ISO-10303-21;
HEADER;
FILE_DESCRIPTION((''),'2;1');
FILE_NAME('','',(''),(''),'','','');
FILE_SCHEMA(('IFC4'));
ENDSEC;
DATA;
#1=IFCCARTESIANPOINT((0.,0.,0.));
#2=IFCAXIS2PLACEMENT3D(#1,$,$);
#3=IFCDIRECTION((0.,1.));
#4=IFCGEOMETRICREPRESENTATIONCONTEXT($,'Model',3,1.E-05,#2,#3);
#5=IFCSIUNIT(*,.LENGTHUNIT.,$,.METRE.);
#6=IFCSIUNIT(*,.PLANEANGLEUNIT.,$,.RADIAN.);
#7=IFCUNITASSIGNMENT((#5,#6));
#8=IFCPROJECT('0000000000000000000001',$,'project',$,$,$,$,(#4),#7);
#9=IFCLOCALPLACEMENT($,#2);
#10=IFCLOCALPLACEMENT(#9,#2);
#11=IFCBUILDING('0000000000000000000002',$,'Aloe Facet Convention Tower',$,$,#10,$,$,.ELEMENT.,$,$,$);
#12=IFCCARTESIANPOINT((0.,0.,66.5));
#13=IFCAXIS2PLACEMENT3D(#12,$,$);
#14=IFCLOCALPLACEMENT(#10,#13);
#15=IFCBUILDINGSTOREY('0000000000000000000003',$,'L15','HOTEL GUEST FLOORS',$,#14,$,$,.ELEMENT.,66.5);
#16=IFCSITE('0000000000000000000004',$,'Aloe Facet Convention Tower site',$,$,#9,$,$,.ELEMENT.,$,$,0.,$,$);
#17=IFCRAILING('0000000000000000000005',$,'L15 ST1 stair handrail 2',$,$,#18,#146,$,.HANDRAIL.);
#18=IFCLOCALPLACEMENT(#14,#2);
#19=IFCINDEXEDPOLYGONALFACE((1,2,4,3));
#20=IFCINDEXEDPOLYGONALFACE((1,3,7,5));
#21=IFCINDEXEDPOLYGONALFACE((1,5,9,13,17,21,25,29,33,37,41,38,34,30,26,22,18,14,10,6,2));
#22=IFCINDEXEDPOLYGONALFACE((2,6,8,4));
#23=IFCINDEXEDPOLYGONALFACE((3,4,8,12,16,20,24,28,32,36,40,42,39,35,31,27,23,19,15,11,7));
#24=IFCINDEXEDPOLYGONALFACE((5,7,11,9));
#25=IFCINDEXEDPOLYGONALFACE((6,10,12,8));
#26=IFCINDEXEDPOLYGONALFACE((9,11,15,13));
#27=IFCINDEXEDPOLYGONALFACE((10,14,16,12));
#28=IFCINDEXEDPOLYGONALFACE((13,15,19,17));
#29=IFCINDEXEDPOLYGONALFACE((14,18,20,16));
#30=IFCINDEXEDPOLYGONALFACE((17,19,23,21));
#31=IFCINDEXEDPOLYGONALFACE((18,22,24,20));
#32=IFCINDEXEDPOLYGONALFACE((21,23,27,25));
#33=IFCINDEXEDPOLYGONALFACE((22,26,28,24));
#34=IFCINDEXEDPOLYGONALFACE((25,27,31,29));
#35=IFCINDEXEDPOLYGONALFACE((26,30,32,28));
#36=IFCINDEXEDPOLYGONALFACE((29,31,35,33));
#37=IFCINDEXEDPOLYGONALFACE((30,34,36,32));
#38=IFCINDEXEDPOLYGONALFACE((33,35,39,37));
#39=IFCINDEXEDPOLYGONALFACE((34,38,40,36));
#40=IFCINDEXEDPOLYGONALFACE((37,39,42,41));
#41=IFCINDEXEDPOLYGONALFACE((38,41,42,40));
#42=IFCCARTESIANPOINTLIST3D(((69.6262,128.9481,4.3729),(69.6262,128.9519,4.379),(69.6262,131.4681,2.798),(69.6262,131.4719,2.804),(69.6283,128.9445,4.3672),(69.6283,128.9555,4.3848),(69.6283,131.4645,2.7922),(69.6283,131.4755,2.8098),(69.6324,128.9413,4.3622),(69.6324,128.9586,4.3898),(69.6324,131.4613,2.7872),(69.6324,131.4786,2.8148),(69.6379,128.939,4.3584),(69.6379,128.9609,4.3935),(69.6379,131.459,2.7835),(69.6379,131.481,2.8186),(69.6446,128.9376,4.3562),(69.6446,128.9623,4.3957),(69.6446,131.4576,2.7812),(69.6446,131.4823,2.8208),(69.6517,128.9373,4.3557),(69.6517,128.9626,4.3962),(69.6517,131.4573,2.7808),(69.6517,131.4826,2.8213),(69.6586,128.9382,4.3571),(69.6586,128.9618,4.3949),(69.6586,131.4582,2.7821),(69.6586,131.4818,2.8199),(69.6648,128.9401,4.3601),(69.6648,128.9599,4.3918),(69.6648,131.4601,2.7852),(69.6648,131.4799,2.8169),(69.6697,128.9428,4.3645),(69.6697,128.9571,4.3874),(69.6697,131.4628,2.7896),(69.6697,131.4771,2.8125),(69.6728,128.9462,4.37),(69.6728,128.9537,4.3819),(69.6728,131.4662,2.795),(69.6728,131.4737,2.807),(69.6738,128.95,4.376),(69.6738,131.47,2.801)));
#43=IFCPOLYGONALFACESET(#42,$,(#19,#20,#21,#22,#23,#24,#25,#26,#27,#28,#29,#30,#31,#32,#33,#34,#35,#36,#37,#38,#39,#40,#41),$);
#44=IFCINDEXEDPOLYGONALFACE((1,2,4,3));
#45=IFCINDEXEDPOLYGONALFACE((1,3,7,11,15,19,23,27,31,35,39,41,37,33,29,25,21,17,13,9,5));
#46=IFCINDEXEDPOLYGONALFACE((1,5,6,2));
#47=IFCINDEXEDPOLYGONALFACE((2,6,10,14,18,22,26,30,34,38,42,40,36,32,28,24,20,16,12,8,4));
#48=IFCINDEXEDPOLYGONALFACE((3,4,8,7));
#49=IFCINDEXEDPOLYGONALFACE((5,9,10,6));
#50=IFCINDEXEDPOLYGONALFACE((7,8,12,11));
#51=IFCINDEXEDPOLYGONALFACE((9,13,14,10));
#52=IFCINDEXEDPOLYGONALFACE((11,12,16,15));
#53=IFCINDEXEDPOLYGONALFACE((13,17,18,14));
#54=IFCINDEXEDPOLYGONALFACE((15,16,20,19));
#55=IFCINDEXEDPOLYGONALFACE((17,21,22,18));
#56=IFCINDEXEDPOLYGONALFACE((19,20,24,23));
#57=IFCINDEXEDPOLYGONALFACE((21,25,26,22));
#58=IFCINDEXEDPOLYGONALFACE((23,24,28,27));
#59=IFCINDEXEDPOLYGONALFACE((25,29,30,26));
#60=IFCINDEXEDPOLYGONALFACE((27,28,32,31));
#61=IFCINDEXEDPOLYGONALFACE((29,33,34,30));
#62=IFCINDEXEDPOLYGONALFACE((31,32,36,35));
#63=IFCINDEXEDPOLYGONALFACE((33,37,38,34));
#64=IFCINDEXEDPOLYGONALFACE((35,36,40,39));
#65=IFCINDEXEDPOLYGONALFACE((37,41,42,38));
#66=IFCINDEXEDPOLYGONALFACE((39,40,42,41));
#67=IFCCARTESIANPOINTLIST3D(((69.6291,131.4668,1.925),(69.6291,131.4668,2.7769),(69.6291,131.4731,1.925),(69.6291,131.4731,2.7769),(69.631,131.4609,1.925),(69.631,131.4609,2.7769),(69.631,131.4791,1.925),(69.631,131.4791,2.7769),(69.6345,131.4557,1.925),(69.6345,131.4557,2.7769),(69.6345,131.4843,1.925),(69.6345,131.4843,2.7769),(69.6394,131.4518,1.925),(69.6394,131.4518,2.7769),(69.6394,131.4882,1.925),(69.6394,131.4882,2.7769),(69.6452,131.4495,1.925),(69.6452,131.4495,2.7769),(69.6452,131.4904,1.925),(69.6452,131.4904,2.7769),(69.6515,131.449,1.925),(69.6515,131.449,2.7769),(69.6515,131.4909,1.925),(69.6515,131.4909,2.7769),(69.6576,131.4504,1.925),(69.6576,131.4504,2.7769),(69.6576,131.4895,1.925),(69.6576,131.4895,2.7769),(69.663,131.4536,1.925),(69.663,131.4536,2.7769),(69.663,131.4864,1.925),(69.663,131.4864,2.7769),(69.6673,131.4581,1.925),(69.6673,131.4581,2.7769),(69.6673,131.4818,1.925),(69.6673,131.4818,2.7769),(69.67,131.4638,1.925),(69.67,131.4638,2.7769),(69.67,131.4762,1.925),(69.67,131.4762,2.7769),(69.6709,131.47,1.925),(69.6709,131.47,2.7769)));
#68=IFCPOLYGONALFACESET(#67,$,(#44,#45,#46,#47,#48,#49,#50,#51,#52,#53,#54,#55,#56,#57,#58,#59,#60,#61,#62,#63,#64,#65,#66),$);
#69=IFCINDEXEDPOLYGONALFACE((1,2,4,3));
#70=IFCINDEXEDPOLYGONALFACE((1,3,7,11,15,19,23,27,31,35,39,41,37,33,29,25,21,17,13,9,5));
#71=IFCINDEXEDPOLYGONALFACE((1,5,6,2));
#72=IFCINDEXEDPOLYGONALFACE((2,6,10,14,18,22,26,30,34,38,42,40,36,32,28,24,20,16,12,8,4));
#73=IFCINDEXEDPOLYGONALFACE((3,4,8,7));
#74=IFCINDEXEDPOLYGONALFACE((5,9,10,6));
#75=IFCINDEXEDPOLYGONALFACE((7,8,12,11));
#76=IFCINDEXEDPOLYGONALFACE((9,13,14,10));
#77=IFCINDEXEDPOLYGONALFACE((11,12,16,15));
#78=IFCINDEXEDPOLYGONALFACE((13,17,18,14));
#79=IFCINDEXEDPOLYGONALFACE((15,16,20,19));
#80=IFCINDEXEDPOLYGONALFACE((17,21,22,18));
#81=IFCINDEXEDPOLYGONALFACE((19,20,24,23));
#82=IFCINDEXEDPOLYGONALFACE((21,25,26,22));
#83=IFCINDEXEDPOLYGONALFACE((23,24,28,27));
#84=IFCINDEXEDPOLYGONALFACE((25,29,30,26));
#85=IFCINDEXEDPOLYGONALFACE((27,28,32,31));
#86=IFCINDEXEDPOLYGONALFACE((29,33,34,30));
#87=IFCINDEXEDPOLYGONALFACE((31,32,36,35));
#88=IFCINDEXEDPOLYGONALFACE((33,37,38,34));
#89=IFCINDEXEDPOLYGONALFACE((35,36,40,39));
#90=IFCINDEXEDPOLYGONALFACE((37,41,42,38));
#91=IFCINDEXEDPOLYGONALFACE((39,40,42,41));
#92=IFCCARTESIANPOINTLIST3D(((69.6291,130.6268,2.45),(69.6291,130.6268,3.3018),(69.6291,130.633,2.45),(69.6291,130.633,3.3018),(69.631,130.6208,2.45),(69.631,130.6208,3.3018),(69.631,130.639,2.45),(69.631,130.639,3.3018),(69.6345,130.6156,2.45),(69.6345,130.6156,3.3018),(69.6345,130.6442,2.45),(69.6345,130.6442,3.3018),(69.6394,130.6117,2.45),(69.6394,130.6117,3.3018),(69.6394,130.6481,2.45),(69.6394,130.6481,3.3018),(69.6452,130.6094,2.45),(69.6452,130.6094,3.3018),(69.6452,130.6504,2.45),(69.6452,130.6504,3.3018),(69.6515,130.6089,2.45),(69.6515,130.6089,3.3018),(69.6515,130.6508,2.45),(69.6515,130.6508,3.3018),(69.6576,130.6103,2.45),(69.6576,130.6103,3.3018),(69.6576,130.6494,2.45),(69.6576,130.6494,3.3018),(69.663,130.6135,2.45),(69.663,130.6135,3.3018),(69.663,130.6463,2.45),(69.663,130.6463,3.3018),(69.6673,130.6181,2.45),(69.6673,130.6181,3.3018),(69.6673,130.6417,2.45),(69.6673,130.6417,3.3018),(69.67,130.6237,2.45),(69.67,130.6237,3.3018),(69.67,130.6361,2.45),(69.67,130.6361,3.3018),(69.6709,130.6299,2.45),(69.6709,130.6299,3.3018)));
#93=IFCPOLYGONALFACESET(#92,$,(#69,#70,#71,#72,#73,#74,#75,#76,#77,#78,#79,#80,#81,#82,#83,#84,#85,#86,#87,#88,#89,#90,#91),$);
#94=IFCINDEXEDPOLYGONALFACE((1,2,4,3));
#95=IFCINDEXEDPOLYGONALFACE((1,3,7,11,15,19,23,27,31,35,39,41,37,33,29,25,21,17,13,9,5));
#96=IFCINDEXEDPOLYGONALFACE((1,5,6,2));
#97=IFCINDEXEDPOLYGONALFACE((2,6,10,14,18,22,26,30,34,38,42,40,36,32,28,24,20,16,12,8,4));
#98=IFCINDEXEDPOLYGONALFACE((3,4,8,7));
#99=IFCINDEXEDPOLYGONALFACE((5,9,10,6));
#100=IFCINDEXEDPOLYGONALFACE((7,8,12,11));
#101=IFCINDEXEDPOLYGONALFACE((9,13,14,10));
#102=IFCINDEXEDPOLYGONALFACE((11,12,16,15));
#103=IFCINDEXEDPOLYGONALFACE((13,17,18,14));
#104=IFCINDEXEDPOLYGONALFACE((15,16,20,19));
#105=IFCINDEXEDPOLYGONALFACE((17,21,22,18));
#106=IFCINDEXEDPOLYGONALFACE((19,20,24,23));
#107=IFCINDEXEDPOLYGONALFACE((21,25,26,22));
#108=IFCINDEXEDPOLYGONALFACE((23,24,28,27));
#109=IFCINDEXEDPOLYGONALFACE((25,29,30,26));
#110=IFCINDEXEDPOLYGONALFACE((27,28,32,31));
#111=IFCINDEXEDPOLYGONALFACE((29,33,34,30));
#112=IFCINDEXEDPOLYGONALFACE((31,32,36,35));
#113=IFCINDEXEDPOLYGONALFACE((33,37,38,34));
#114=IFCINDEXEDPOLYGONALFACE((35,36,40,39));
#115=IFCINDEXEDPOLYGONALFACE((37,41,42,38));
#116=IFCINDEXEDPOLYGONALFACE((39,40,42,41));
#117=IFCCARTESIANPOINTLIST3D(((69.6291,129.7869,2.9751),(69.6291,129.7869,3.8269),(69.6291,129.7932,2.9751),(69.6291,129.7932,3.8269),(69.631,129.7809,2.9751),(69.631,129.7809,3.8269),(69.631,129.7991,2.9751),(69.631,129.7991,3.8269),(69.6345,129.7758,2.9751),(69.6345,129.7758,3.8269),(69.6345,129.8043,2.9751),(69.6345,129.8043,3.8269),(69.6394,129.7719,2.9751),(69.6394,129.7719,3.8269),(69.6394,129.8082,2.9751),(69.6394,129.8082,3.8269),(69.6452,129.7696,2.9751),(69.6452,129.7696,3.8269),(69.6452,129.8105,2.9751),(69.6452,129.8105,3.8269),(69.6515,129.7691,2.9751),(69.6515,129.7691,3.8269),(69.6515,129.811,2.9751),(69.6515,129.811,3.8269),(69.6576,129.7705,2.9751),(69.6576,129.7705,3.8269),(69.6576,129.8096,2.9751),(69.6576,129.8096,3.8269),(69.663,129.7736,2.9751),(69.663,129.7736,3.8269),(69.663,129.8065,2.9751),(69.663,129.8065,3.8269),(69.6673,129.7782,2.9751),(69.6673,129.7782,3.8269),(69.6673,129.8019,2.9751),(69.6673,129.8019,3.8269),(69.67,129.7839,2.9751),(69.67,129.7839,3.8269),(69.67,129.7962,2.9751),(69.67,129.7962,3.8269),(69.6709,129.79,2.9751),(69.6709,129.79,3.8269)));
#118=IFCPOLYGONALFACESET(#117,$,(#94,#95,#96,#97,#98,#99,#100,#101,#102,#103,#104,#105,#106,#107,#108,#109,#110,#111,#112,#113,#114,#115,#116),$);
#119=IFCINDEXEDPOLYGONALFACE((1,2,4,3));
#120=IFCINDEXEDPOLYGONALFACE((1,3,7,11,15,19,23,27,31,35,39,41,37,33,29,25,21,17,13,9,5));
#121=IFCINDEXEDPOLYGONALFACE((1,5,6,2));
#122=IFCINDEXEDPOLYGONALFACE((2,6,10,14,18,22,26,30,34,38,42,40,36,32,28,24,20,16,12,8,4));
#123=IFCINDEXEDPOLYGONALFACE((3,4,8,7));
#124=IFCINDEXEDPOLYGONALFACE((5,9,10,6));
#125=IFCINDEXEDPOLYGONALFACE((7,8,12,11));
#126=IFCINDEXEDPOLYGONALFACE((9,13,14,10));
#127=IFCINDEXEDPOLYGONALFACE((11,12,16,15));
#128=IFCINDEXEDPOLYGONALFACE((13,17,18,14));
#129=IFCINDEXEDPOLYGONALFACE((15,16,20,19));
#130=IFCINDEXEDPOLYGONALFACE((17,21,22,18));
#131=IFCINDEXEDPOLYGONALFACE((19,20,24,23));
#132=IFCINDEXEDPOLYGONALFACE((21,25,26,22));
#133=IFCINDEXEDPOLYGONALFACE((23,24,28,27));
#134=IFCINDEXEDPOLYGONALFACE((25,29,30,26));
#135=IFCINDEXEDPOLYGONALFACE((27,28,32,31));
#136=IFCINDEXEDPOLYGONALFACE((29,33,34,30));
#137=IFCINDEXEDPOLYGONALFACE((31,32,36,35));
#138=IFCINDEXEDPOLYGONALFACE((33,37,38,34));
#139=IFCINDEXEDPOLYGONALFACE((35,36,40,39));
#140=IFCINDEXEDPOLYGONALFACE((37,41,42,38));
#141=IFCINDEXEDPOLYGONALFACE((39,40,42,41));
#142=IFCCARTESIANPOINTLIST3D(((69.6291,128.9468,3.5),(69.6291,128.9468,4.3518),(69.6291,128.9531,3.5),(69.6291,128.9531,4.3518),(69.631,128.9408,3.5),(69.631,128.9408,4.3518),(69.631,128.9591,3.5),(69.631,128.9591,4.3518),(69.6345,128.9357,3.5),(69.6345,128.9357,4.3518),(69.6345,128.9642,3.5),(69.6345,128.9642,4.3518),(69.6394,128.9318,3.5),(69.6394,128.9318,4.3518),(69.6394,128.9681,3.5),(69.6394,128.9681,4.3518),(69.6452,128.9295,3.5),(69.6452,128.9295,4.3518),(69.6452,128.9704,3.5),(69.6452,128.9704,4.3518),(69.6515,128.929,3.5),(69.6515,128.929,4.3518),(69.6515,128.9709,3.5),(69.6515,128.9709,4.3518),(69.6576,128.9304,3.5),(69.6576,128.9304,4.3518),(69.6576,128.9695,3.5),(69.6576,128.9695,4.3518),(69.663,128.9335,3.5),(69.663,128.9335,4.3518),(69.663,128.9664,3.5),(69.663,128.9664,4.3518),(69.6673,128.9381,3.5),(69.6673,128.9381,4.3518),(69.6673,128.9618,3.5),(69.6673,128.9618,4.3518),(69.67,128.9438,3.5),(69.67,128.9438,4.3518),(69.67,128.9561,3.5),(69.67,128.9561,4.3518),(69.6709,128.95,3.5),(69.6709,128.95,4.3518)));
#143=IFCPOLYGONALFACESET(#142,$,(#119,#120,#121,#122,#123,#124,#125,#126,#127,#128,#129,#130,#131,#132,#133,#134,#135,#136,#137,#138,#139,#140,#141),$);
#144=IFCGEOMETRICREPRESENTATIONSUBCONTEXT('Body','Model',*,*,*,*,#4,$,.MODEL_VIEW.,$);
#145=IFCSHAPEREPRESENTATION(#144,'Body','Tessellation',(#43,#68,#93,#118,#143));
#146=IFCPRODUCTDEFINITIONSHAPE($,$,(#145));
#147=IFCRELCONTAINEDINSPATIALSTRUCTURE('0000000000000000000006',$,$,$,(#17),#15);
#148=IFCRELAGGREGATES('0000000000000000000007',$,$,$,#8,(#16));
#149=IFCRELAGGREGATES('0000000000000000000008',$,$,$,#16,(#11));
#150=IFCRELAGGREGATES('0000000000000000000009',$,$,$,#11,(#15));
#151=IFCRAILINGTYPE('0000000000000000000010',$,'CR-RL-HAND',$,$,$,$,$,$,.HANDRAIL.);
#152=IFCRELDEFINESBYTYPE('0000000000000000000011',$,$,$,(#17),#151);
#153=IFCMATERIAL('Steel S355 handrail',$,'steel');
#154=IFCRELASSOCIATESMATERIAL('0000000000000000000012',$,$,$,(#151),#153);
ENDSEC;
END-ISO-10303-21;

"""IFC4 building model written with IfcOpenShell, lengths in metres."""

from ifc_helpers import new_model, si_unit, direction, frame, origin, origin_2d, place, context, subcontext, project, spatial, circle, extrude, material, type_object, element, save


model = new_model("IFC4")

# Units and contexts
model_context = context("Model", 3, precision=1e-05, world=origin(), true_north=direction((0.0, 1.0)))
body_context = subcontext(model_context, "Body", "Model", "MODEL_VIEW")
ifc_project = project(units=[si_unit("LENGTHUNIT", "METRE"), si_unit("PLANEANGLEUNIT", "RADIAN")], contexts=[model_context])

# Site, building, storey
site_placement = place(None, origin())
site = spatial("IfcSite", under=ifc_project, at=site_placement, Name="Aloe Facet Convention Tower site", CompositionType="ELEMENT", RefElevation=0.0)
building_placement = place(site_placement, origin())
building = spatial("IfcBuilding", under=site, at=building_placement, Name="Aloe Facet Convention Tower", CompositionType="ELEMENT")
storey_placement = place(building_placement, frame((0.0, 0.0, 66.5)))
storey = spatial("IfcBuildingStorey", under=building, at=storey_placement, Name="L15", Description="HOTEL GUEST FLOORS", CompositionType="ELEMENT", Elevation=66.5)

# Railing
ifc_material_1 = material(Name="Steel S355 handrail", Category="steel")
railing_type_1 = type_object("IfcRailingType", Name="CR-RL-HAND", PredefinedType="HANDRAIL", material=ifc_material_1)
railing_1_placement = place(storey_placement, frame((69.6499, 131.47, 1.925)))
element("IfcRailing", 1, at=railing_1_placement, inside=storey, type_object=railing_type_1, Name="L15 ST1 stair handrail 2", PredefinedType="HANDRAIL", context=body_context, shape_type="SweptSolid", body=[
    extrude(circle(Radius=0.0239, at=origin_2d()), frame((0.0, 0.0, 0.876), z_axis=(0.0, -0.848008, 0.529984), x_axis=(1.0, 0.0, 0.0)), (0.0, 0.0, 1.0), 2.9717),
    extrude(circle(Radius=0.021, at=origin_2d()), origin(), (0.0, 0.0, 1.0), 0.8518),
    extrude(circle(Radius=0.021, at=origin_2d()), frame((0.0, -0.8401, 0.5249)), (0.0, 0.0, 1.0), 0.8518),
    extrude(circle(Radius=0.021, at=origin_2d()), frame((0.0, -1.6799, 1.05)), (0.0, 0.0, 1.0), 0.8518),
    extrude(circle(Radius=0.021, at=origin_2d()), frame((0.0, -2.52, 1.575)), (0.0, 0.0, 1.0), 0.8518),
])

save(model, "model.ifc")
